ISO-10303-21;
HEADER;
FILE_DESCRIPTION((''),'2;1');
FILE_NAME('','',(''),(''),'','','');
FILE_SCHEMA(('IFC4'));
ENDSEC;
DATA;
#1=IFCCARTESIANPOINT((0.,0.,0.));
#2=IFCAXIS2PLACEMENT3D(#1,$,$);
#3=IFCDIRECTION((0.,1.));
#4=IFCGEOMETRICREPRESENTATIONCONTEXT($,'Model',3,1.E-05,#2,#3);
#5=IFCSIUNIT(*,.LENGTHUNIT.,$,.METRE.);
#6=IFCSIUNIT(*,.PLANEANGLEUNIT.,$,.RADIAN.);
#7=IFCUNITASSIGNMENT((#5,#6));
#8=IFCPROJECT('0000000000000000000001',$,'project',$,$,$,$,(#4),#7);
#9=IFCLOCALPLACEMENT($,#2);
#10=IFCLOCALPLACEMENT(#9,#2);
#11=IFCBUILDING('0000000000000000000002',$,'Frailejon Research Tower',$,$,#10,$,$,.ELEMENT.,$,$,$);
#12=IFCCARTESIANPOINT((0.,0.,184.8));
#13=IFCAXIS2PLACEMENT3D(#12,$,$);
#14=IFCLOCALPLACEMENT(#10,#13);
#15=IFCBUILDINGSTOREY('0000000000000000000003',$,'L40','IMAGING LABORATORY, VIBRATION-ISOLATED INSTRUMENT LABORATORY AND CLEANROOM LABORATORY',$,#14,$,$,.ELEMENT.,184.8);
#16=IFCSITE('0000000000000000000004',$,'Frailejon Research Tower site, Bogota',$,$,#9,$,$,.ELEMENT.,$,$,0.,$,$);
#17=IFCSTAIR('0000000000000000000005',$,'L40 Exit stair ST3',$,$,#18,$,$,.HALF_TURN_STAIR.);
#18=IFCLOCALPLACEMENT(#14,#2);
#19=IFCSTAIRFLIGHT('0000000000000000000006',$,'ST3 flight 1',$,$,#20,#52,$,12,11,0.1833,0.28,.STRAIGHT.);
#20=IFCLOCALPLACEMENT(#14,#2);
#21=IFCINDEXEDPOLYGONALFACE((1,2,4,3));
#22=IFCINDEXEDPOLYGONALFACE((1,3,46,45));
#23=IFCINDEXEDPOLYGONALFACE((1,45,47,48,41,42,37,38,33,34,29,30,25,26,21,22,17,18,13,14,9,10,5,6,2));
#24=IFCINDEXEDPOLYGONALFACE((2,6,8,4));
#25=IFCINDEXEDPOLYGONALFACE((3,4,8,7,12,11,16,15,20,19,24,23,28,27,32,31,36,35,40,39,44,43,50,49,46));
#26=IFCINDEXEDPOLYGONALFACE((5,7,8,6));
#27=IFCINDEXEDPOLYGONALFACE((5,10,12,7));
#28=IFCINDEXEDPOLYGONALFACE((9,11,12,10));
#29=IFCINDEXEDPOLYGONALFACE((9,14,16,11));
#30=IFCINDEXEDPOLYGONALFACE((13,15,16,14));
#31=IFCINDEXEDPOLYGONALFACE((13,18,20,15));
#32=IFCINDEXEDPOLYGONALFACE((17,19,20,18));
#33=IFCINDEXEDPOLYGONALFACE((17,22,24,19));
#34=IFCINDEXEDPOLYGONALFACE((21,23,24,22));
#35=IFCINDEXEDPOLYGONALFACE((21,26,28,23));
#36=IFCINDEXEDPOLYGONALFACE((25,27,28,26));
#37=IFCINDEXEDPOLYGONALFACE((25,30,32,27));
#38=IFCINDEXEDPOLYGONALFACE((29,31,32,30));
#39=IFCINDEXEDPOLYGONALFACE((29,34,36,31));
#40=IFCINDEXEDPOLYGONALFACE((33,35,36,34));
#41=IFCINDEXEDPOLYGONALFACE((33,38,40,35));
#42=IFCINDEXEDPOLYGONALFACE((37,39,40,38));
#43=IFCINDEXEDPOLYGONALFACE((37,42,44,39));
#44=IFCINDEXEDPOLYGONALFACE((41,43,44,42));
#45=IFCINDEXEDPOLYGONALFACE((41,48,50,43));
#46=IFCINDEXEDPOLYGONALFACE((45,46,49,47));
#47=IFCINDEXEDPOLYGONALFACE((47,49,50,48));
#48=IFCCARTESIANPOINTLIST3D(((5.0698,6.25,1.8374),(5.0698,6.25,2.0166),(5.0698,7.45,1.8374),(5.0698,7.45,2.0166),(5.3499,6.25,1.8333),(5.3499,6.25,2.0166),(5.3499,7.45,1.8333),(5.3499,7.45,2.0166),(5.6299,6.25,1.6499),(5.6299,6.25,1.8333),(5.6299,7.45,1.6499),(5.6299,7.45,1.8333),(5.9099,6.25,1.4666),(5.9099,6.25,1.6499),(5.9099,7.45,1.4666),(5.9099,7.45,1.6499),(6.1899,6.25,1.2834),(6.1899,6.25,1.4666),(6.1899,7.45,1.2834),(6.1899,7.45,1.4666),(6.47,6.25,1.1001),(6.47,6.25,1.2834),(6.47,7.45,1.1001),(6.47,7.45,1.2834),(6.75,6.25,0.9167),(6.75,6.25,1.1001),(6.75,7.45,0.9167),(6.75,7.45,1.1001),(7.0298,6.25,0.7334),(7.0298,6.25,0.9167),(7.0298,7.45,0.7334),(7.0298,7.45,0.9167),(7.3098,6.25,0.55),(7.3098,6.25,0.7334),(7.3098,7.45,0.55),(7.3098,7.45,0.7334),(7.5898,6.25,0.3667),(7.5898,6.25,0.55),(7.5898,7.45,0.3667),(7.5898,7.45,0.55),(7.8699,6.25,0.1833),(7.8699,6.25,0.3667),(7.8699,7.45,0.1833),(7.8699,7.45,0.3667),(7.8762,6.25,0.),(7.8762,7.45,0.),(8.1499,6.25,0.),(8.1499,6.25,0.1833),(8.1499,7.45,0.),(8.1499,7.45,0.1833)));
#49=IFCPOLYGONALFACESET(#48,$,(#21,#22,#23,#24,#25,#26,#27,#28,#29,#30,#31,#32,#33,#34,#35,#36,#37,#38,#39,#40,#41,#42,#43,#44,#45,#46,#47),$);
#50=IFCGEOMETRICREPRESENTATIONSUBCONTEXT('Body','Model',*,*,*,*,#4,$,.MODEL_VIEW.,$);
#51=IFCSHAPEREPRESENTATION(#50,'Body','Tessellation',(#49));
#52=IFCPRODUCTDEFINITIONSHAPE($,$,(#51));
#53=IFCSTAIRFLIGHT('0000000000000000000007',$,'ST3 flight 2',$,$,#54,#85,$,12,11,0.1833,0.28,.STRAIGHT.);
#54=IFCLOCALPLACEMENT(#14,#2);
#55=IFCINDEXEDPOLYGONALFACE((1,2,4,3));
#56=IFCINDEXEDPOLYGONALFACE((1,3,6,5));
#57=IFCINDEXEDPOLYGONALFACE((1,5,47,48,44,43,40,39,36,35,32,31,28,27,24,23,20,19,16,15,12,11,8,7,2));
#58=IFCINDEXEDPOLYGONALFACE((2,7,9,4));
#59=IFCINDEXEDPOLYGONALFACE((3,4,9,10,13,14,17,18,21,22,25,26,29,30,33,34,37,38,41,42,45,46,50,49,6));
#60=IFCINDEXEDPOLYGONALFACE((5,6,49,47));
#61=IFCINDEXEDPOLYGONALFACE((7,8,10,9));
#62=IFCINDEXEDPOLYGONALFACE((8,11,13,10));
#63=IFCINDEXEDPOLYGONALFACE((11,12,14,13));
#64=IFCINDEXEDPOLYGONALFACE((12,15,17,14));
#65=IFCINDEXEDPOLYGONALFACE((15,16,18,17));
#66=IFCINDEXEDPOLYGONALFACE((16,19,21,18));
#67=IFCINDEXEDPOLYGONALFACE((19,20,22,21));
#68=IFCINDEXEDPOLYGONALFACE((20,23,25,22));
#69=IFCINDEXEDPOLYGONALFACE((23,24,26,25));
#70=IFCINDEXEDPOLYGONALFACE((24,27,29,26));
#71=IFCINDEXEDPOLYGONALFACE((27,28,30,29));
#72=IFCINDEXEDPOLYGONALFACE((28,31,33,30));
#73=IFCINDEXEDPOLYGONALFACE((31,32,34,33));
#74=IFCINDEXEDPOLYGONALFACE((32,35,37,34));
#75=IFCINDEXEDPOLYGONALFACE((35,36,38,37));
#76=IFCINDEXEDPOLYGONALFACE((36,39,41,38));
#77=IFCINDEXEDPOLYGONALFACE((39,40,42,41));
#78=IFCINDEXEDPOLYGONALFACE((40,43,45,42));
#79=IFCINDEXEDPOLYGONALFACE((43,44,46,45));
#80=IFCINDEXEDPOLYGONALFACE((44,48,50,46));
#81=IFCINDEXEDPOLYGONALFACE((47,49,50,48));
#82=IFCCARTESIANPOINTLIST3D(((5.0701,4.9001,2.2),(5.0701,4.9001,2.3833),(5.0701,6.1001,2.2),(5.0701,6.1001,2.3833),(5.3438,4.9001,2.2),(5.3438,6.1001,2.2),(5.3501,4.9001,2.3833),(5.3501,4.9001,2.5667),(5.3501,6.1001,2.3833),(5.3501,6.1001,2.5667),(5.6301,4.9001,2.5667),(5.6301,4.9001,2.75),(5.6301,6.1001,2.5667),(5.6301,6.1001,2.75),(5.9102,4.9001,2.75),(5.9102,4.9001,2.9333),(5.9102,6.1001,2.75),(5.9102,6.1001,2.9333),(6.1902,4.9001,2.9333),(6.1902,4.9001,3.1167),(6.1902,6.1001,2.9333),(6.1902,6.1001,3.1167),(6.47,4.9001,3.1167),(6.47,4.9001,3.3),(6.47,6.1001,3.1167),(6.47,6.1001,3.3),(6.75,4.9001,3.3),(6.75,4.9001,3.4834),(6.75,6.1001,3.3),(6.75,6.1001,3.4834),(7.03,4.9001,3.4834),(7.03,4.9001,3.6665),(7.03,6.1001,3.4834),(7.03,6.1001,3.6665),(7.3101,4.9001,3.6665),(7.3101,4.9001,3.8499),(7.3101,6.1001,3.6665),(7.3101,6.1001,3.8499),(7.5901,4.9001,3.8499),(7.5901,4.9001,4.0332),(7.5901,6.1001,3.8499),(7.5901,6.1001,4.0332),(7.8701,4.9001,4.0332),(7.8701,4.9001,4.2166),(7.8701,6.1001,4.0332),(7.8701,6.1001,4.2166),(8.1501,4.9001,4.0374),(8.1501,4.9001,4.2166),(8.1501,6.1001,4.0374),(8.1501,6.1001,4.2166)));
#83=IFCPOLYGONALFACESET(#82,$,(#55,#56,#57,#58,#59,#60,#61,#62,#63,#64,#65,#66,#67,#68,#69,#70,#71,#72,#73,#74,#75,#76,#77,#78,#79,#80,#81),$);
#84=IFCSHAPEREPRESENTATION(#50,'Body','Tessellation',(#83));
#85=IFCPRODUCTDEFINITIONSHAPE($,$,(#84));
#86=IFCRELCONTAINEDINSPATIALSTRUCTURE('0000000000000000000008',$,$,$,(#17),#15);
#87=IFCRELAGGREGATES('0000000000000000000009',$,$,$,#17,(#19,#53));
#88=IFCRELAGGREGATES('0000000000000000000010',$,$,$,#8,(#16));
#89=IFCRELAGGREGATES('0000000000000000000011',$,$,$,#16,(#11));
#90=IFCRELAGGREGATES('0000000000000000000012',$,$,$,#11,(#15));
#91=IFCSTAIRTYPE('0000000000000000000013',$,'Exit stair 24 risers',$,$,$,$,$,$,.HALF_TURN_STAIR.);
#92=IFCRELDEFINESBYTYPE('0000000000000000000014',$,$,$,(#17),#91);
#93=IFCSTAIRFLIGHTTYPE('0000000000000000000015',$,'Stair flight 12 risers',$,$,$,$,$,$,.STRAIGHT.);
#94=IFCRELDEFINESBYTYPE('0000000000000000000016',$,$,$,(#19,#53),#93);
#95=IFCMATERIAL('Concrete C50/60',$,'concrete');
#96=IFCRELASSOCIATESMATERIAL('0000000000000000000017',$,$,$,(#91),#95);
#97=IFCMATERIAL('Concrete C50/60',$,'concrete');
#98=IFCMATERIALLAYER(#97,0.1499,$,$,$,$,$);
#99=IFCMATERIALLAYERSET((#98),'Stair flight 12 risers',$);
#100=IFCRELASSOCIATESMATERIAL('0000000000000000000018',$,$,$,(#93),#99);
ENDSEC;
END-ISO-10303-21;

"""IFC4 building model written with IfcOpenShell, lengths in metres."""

from ifc_helpers import new_model, si_unit, direction, frame, origin, place, context, subcontext, project, spatial, polyline, outline, extrude, material, layer, layer_set, type_object, element, aggregate, save


model = new_model("IFC4")

# Units and contexts
model_context = context("Model", 3, precision=1e-05, world=origin(), true_north=direction((0.0, 1.0)))
body_context = subcontext(model_context, "Body", "Model", "MODEL_VIEW")
ifc_project = project(units=[si_unit("LENGTHUNIT", "METRE"), si_unit("PLANEANGLEUNIT", "RADIAN")], contexts=[model_context])

# Site, building, storey
site_placement = place(None, origin())
site = spatial("IfcSite", under=ifc_project, at=site_placement, Name="Frailejon Research Tower site, Bogota", CompositionType="ELEMENT", RefElevation=0.0)
building_placement = place(site_placement, origin())
building = spatial("IfcBuilding", under=site, at=building_placement, Name="Frailejon Research Tower", CompositionType="ELEMENT")
storey_placement = place(building_placement, frame((0.0, 0.0, 184.8)))
storey = spatial("IfcBuildingStorey", under=building, at=storey_placement, Name="L40", Description="IMAGING LABORATORY, VIBRATION-ISOLATED INSTRUMENT LABORATORY AND CLEANROOM LABORATORY", CompositionType="ELEMENT", Elevation=184.8)

# Stair
ifc_material_1 = material(Name="Concrete C50/60", Category="concrete")
stair_type = type_object("IfcStairType", Name="Exit stair 24 risers", PredefinedType="HALF_TURN_STAIR", material=ifc_material_1)
stair_1_placement = place(storey_placement, origin())
stair_1 = element("IfcStair", 1, at=stair_1_placement, inside=storey, type_object=stair_type, Name="L40 Exit stair ST3", PredefinedType="HALF_TURN_STAIR")

# Stair flights
ifc_material_2 = material(Name="Concrete C50/60", Category="concrete")
ifc_layer_1 = layer(ifc_material_2, 0.1499)
ifc_layer_set_1 = layer_set([ifc_layer_1], Name="Stair flight 12 risers")
stair_flight_type = type_object("IfcStairFlightType", Name="Stair flight 12 risers", PredefinedType="STRAIGHT", material=ifc_layer_set_1)
stair_flight_1_placement = place(storey_placement, frame((8.1499, 6.8501, 0.0), z_axis=(0.0, 0.0, 1.0), x_axis=(-1.0, 0.0, 0.0)))
stair_flight_1 = element("IfcStairFlight", 2, at=stair_flight_1_placement, type_object=stair_flight_type, Name="ST3 flight 1", NumberOfRisers=12, NumberOfTreads=11, PredefinedType="STRAIGHT", RiserHeight=0.1833, TreadLength=0.28, context=body_context, shape_type="SweptSolid", body=[
    extrude(outline(polyline([(0.0, 0.0), (0.0, 0.1833), (0.28, 0.1833), (0.28, 0.3667), (0.5601, 0.3667), (0.5601, 0.55), (0.8401, 0.55), (0.8401, 0.7334), (1.1201, 0.7334), (1.1201, 0.9167), (1.3999, 0.9167), (1.3999, 1.1001), (1.6799, 1.1001), (1.6799, 1.2834), (1.96, 1.2834), (1.96, 1.4666), (2.24, 1.4666), (2.24, 1.6499), (2.52, 1.6499), (2.52, 1.8333), (2.8, 1.8333), (2.8, 2.0166), (3.0801, 2.0166), (3.0801, 2.2), (3.0801, 1.8374), (0.2737, 0.0), (0.0, 0.0)])), frame((0.0, 0.6001, 0.0), z_axis=(0.0, -1.0, 0.0), x_axis=(1.0, 0.0, 0.0)), (0.0, 0.0, 1.0), 1.2),
])
stair_flight_2_placement = place(storey_placement, frame((5.0701, 5.5, 2.2), z_axis=(0.0, 0.0, 1.0), x_axis=(1.0, 0.0, 0.0)))
stair_flight_2 = element("IfcStairFlight", 3, at=stair_flight_2_placement, type_object=stair_flight_type, Name="ST3 flight 2", NumberOfRisers=12, NumberOfTreads=11, PredefinedType="STRAIGHT", RiserHeight=0.1833, TreadLength=0.28, context=body_context, shape_type="SweptSolid", body=[
    extrude(outline(polyline([(0.0, 0.0), (0.0, 0.1833), (0.28, 0.1833), (0.28, 0.3667), (0.5601, 0.3667), (0.5601, 0.55), (0.8401, 0.55), (0.8401, 0.7334), (1.1201, 0.7334), (1.1201, 0.9167), (1.3999, 0.9167), (1.3999, 1.1001), (1.6799, 1.1001), (1.6799, 1.2834), (1.96, 1.2834), (1.96, 1.4666), (2.24, 1.4666), (2.24, 1.6499), (2.52, 1.6499), (2.52, 1.8333), (2.8, 1.8333), (2.8, 2.0166), (3.0801, 2.0166), (3.0801, 2.2), (3.0801, 1.8374), (0.2737, 0.0), (0.0, 0.0)])), frame((0.0, 0.6001, 0.0), z_axis=(0.0, -1.0, 0.0), x_axis=(1.0, 0.0, 0.0)), (0.0, 0.0, 1.0), 1.2),
])
aggregate(stair_1, [stair_flight_1, stair_flight_2])

save(model, "model.ifc")
